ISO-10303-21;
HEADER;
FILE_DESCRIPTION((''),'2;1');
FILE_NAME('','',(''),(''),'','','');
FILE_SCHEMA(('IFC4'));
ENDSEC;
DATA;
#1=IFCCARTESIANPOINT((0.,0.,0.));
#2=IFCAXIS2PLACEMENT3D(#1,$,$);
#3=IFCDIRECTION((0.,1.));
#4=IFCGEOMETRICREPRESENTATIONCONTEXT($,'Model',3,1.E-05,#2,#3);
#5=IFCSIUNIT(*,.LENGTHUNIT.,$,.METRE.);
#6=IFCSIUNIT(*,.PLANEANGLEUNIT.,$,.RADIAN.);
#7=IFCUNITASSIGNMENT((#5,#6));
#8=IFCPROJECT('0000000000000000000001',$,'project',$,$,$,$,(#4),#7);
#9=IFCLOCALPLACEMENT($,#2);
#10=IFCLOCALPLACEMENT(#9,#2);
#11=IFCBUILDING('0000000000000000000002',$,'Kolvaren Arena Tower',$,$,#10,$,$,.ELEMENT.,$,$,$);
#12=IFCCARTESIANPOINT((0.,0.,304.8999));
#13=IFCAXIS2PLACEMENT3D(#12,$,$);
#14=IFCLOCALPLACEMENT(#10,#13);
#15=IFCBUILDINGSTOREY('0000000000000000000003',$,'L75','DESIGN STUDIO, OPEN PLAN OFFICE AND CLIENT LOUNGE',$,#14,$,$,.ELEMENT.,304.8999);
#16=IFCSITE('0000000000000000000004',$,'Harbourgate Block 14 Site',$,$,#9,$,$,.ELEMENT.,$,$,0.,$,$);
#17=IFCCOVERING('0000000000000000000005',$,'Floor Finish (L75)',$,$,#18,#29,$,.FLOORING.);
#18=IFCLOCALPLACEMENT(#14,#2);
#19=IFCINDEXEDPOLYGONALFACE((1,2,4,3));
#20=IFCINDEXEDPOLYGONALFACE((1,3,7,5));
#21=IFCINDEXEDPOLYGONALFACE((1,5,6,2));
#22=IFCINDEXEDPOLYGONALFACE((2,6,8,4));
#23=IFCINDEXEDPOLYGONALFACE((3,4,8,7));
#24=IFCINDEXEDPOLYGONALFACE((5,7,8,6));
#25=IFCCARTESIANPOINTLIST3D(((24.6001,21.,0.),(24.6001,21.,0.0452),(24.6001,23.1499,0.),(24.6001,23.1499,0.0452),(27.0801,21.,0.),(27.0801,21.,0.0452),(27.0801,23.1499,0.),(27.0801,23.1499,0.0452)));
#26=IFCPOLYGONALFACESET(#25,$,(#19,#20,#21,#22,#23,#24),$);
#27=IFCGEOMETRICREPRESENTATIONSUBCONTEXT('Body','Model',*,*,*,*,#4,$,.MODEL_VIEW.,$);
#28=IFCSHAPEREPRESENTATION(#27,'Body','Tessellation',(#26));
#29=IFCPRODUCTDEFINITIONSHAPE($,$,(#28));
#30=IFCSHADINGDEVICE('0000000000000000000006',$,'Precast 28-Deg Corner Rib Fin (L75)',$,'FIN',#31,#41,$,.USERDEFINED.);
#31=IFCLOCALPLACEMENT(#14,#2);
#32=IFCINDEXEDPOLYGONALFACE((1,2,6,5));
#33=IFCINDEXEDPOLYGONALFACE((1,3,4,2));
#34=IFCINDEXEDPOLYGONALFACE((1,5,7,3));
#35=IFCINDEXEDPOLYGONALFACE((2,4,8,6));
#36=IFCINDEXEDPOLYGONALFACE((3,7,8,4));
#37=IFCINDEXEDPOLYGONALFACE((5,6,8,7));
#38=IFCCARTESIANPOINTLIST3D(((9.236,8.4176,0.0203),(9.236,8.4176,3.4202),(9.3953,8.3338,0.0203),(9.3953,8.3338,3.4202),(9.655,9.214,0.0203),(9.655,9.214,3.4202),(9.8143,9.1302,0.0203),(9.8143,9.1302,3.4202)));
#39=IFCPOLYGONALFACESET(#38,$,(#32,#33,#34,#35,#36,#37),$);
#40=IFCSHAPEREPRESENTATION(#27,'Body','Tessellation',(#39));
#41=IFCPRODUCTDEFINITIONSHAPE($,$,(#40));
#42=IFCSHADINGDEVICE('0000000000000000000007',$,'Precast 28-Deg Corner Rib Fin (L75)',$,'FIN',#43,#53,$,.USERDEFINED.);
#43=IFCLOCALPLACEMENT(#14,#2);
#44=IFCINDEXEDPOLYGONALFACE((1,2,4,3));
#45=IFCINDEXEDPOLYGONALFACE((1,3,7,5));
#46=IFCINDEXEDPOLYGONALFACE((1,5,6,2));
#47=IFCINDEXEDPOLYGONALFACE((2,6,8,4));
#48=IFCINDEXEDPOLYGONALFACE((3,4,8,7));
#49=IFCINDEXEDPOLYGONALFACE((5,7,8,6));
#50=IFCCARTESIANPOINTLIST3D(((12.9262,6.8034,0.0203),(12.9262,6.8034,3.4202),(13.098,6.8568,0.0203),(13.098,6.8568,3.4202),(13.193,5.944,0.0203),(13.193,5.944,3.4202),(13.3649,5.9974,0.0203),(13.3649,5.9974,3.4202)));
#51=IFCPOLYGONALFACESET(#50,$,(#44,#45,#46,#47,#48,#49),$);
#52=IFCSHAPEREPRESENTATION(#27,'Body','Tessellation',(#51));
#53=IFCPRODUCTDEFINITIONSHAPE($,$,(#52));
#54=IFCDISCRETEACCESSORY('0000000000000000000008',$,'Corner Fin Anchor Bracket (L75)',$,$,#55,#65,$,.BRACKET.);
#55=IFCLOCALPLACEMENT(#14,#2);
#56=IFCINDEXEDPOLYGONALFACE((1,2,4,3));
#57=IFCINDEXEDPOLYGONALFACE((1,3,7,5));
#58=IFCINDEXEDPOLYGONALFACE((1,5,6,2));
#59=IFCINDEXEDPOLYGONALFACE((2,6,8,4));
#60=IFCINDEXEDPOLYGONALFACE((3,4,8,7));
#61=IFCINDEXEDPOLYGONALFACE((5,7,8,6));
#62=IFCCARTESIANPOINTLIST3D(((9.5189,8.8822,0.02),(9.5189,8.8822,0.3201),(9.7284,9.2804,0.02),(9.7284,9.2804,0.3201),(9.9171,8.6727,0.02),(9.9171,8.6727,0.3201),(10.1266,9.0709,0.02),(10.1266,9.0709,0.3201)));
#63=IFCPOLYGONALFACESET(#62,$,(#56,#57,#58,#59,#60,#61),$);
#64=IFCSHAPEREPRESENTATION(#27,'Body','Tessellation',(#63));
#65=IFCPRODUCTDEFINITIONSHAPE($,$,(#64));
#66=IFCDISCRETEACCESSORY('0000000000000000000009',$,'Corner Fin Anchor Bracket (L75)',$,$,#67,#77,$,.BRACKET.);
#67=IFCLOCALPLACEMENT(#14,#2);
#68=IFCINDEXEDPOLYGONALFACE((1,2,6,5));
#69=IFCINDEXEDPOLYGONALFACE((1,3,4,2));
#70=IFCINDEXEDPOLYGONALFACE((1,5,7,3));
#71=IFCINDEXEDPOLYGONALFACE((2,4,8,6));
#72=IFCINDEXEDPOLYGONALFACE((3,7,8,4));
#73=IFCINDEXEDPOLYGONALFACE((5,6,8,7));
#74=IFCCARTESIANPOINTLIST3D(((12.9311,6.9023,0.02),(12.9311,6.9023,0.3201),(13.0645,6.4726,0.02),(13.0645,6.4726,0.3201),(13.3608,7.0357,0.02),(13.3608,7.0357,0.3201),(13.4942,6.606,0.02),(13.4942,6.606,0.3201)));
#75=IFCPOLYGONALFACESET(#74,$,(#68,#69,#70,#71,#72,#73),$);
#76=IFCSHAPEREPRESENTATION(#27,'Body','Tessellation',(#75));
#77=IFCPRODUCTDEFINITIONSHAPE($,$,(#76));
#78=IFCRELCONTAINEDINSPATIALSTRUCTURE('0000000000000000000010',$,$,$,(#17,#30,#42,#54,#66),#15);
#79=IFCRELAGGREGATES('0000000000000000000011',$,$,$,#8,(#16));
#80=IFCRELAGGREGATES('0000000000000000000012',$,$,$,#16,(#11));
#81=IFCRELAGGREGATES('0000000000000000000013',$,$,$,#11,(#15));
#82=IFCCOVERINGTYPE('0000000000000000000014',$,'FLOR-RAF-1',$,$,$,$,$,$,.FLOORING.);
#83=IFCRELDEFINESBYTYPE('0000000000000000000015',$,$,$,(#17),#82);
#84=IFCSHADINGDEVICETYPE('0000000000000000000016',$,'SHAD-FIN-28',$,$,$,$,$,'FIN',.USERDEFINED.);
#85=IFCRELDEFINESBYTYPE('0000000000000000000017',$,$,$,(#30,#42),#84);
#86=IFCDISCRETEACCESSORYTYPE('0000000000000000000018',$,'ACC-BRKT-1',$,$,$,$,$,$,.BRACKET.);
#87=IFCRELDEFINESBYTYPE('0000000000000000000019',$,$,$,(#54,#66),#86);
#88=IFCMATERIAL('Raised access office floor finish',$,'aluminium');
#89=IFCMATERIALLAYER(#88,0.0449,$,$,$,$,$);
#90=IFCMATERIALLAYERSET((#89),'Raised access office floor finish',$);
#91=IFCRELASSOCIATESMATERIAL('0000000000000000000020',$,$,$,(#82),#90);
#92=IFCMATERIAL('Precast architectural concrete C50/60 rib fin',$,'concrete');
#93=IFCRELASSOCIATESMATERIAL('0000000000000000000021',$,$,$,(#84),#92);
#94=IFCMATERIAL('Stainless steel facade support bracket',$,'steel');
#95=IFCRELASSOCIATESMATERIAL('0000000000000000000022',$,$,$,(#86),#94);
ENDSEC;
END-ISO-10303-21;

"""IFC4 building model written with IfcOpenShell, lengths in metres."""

from ifc_helpers import new_model, si_unit, direction, frame, origin, origin_2d, place, context, subcontext, project, spatial, polyline, rectangle, outline, extrude, material, layer, layer_set, type_object, element, save


model = new_model("IFC4")

# Units and contexts
model_context = context("Model", 3, precision=1e-05, world=origin(), true_north=direction((0.0, 1.0)))
body_context = subcontext(model_context, "Body", "Model", "MODEL_VIEW")
ifc_project = project(units=[si_unit("LENGTHUNIT", "METRE"), si_unit("PLANEANGLEUNIT", "RADIAN")], contexts=[model_context])

# Site, building, storey
site_placement = place(None, origin())
site = spatial("IfcSite", under=ifc_project, at=site_placement, Name="Harbourgate Block 14 Site", CompositionType="ELEMENT", RefElevation=0.0)
building_placement = place(site_placement, origin())
building = spatial("IfcBuilding", under=site, at=building_placement, Name="Kolvaren Arena Tower", CompositionType="ELEMENT")
storey_placement = place(building_placement, frame((0.0, 0.0, 304.8999)))
storey = spatial("IfcBuildingStorey", under=building, at=storey_placement, Name="L75", Description="DESIGN STUDIO, OPEN PLAN OFFICE AND CLIENT LOUNGE", CompositionType="ELEMENT", Elevation=304.8999)

# Covering
ifc_material_1 = material(Name="Raised access office floor finish", Category="aluminium")
ifc_layer_1 = layer(ifc_material_1, 0.0449)
ifc_layer_set_1 = layer_set([ifc_layer_1], Name="Raised access office floor finish")
covering_type_1 = type_object("IfcCoveringType", Name="FLOR-RAF-1", PredefinedType="FLOORING", material=ifc_layer_set_1)
covering_1_placement = place(storey_placement, origin())
element("IfcCovering", 1, at=covering_1_placement, inside=storey, type_object=covering_type_1, Name="Floor Finish (L75)", PredefinedType="FLOORING", context=body_context, shape_type="SweptSolid", body=[
    extrude(outline(polyline([(24.6001, 21.0), (24.6001, 23.1499), (27.0801, 23.1499), (27.0801, 21.0), (24.6001, 21.0)])), origin(), (0.0, 0.0, 1.0), 0.0452),
])

# Shading devices
ifc_material_2 = material(Name="Precast architectural concrete C50/60 rib fin", Category="concrete")
shading_device_type = type_object("IfcShadingDeviceType", Name="SHAD-FIN-28", ElementType="FIN", PredefinedType="USERDEFINED", material=ifc_material_2)
for number, where, z_axis, x_axis, name in (
    (2, (9.5251, 8.7739, 0.0203), (0.0, 0.0, 1.0), (-0.465619, -0.884985, 0.0), "Precast 28-Deg Corner Rib Fin (L75)"),
    (3, (13.1455, 6.4004, 0.0203), (0.0, 0.0, 1.0), (0.296542, -0.95502, 0.0), "Precast 28-Deg Corner Rib Fin (L75)"),
):
    element("IfcShadingDevice", number, at=place(storey_placement, frame(where, z_axis=z_axis, x_axis=x_axis)), inside=storey, type_object=shading_device_type, Name=name, ObjectType="FIN", PredefinedType="USERDEFINED", context=body_context, shape_type="SweptSolid", body=[
        extrude(rectangle(XDim=0.8999, YDim=0.1799, at=origin_2d()), origin(), (0.0, 0.0, 1.0), 3.3999),
    ])

# Discrete accessories
ifc_material_3 = material(Name="Stainless steel facade support bracket", Category="steel")
discrete_accessory_type = type_object("IfcDiscreteAccessoryType", Name="ACC-BRKT-1", PredefinedType="BRACKET", material=ifc_material_3)
for number, where, z_axis, x_axis, name in (
    (4, (9.8228, 8.9766, 0.02), (0.0, 0.0, 1.0), (-0.465619, -0.884985, 0.0), "Corner Fin Anchor Bracket (L75)"),
    (5, (13.2126, 6.7542, 0.02), (0.0, 0.0, 1.0), (0.296542, -0.95502, 0.0), "Corner Fin Anchor Bracket (L75)"),
):
    element("IfcDiscreteAccessory", number, at=place(storey_placement, frame(where, z_axis=z_axis, x_axis=x_axis)), inside=storey, type_object=discrete_accessory_type, Name=name, PredefinedType="BRACKET", context=body_context, shape_type="SweptSolid", body=[
        extrude(rectangle(XDim=0.45, YDim=0.45, at=origin_2d()), origin(), (0.0, 0.0, 1.0), 0.3),
    ])

save(model, "model.ifc")
